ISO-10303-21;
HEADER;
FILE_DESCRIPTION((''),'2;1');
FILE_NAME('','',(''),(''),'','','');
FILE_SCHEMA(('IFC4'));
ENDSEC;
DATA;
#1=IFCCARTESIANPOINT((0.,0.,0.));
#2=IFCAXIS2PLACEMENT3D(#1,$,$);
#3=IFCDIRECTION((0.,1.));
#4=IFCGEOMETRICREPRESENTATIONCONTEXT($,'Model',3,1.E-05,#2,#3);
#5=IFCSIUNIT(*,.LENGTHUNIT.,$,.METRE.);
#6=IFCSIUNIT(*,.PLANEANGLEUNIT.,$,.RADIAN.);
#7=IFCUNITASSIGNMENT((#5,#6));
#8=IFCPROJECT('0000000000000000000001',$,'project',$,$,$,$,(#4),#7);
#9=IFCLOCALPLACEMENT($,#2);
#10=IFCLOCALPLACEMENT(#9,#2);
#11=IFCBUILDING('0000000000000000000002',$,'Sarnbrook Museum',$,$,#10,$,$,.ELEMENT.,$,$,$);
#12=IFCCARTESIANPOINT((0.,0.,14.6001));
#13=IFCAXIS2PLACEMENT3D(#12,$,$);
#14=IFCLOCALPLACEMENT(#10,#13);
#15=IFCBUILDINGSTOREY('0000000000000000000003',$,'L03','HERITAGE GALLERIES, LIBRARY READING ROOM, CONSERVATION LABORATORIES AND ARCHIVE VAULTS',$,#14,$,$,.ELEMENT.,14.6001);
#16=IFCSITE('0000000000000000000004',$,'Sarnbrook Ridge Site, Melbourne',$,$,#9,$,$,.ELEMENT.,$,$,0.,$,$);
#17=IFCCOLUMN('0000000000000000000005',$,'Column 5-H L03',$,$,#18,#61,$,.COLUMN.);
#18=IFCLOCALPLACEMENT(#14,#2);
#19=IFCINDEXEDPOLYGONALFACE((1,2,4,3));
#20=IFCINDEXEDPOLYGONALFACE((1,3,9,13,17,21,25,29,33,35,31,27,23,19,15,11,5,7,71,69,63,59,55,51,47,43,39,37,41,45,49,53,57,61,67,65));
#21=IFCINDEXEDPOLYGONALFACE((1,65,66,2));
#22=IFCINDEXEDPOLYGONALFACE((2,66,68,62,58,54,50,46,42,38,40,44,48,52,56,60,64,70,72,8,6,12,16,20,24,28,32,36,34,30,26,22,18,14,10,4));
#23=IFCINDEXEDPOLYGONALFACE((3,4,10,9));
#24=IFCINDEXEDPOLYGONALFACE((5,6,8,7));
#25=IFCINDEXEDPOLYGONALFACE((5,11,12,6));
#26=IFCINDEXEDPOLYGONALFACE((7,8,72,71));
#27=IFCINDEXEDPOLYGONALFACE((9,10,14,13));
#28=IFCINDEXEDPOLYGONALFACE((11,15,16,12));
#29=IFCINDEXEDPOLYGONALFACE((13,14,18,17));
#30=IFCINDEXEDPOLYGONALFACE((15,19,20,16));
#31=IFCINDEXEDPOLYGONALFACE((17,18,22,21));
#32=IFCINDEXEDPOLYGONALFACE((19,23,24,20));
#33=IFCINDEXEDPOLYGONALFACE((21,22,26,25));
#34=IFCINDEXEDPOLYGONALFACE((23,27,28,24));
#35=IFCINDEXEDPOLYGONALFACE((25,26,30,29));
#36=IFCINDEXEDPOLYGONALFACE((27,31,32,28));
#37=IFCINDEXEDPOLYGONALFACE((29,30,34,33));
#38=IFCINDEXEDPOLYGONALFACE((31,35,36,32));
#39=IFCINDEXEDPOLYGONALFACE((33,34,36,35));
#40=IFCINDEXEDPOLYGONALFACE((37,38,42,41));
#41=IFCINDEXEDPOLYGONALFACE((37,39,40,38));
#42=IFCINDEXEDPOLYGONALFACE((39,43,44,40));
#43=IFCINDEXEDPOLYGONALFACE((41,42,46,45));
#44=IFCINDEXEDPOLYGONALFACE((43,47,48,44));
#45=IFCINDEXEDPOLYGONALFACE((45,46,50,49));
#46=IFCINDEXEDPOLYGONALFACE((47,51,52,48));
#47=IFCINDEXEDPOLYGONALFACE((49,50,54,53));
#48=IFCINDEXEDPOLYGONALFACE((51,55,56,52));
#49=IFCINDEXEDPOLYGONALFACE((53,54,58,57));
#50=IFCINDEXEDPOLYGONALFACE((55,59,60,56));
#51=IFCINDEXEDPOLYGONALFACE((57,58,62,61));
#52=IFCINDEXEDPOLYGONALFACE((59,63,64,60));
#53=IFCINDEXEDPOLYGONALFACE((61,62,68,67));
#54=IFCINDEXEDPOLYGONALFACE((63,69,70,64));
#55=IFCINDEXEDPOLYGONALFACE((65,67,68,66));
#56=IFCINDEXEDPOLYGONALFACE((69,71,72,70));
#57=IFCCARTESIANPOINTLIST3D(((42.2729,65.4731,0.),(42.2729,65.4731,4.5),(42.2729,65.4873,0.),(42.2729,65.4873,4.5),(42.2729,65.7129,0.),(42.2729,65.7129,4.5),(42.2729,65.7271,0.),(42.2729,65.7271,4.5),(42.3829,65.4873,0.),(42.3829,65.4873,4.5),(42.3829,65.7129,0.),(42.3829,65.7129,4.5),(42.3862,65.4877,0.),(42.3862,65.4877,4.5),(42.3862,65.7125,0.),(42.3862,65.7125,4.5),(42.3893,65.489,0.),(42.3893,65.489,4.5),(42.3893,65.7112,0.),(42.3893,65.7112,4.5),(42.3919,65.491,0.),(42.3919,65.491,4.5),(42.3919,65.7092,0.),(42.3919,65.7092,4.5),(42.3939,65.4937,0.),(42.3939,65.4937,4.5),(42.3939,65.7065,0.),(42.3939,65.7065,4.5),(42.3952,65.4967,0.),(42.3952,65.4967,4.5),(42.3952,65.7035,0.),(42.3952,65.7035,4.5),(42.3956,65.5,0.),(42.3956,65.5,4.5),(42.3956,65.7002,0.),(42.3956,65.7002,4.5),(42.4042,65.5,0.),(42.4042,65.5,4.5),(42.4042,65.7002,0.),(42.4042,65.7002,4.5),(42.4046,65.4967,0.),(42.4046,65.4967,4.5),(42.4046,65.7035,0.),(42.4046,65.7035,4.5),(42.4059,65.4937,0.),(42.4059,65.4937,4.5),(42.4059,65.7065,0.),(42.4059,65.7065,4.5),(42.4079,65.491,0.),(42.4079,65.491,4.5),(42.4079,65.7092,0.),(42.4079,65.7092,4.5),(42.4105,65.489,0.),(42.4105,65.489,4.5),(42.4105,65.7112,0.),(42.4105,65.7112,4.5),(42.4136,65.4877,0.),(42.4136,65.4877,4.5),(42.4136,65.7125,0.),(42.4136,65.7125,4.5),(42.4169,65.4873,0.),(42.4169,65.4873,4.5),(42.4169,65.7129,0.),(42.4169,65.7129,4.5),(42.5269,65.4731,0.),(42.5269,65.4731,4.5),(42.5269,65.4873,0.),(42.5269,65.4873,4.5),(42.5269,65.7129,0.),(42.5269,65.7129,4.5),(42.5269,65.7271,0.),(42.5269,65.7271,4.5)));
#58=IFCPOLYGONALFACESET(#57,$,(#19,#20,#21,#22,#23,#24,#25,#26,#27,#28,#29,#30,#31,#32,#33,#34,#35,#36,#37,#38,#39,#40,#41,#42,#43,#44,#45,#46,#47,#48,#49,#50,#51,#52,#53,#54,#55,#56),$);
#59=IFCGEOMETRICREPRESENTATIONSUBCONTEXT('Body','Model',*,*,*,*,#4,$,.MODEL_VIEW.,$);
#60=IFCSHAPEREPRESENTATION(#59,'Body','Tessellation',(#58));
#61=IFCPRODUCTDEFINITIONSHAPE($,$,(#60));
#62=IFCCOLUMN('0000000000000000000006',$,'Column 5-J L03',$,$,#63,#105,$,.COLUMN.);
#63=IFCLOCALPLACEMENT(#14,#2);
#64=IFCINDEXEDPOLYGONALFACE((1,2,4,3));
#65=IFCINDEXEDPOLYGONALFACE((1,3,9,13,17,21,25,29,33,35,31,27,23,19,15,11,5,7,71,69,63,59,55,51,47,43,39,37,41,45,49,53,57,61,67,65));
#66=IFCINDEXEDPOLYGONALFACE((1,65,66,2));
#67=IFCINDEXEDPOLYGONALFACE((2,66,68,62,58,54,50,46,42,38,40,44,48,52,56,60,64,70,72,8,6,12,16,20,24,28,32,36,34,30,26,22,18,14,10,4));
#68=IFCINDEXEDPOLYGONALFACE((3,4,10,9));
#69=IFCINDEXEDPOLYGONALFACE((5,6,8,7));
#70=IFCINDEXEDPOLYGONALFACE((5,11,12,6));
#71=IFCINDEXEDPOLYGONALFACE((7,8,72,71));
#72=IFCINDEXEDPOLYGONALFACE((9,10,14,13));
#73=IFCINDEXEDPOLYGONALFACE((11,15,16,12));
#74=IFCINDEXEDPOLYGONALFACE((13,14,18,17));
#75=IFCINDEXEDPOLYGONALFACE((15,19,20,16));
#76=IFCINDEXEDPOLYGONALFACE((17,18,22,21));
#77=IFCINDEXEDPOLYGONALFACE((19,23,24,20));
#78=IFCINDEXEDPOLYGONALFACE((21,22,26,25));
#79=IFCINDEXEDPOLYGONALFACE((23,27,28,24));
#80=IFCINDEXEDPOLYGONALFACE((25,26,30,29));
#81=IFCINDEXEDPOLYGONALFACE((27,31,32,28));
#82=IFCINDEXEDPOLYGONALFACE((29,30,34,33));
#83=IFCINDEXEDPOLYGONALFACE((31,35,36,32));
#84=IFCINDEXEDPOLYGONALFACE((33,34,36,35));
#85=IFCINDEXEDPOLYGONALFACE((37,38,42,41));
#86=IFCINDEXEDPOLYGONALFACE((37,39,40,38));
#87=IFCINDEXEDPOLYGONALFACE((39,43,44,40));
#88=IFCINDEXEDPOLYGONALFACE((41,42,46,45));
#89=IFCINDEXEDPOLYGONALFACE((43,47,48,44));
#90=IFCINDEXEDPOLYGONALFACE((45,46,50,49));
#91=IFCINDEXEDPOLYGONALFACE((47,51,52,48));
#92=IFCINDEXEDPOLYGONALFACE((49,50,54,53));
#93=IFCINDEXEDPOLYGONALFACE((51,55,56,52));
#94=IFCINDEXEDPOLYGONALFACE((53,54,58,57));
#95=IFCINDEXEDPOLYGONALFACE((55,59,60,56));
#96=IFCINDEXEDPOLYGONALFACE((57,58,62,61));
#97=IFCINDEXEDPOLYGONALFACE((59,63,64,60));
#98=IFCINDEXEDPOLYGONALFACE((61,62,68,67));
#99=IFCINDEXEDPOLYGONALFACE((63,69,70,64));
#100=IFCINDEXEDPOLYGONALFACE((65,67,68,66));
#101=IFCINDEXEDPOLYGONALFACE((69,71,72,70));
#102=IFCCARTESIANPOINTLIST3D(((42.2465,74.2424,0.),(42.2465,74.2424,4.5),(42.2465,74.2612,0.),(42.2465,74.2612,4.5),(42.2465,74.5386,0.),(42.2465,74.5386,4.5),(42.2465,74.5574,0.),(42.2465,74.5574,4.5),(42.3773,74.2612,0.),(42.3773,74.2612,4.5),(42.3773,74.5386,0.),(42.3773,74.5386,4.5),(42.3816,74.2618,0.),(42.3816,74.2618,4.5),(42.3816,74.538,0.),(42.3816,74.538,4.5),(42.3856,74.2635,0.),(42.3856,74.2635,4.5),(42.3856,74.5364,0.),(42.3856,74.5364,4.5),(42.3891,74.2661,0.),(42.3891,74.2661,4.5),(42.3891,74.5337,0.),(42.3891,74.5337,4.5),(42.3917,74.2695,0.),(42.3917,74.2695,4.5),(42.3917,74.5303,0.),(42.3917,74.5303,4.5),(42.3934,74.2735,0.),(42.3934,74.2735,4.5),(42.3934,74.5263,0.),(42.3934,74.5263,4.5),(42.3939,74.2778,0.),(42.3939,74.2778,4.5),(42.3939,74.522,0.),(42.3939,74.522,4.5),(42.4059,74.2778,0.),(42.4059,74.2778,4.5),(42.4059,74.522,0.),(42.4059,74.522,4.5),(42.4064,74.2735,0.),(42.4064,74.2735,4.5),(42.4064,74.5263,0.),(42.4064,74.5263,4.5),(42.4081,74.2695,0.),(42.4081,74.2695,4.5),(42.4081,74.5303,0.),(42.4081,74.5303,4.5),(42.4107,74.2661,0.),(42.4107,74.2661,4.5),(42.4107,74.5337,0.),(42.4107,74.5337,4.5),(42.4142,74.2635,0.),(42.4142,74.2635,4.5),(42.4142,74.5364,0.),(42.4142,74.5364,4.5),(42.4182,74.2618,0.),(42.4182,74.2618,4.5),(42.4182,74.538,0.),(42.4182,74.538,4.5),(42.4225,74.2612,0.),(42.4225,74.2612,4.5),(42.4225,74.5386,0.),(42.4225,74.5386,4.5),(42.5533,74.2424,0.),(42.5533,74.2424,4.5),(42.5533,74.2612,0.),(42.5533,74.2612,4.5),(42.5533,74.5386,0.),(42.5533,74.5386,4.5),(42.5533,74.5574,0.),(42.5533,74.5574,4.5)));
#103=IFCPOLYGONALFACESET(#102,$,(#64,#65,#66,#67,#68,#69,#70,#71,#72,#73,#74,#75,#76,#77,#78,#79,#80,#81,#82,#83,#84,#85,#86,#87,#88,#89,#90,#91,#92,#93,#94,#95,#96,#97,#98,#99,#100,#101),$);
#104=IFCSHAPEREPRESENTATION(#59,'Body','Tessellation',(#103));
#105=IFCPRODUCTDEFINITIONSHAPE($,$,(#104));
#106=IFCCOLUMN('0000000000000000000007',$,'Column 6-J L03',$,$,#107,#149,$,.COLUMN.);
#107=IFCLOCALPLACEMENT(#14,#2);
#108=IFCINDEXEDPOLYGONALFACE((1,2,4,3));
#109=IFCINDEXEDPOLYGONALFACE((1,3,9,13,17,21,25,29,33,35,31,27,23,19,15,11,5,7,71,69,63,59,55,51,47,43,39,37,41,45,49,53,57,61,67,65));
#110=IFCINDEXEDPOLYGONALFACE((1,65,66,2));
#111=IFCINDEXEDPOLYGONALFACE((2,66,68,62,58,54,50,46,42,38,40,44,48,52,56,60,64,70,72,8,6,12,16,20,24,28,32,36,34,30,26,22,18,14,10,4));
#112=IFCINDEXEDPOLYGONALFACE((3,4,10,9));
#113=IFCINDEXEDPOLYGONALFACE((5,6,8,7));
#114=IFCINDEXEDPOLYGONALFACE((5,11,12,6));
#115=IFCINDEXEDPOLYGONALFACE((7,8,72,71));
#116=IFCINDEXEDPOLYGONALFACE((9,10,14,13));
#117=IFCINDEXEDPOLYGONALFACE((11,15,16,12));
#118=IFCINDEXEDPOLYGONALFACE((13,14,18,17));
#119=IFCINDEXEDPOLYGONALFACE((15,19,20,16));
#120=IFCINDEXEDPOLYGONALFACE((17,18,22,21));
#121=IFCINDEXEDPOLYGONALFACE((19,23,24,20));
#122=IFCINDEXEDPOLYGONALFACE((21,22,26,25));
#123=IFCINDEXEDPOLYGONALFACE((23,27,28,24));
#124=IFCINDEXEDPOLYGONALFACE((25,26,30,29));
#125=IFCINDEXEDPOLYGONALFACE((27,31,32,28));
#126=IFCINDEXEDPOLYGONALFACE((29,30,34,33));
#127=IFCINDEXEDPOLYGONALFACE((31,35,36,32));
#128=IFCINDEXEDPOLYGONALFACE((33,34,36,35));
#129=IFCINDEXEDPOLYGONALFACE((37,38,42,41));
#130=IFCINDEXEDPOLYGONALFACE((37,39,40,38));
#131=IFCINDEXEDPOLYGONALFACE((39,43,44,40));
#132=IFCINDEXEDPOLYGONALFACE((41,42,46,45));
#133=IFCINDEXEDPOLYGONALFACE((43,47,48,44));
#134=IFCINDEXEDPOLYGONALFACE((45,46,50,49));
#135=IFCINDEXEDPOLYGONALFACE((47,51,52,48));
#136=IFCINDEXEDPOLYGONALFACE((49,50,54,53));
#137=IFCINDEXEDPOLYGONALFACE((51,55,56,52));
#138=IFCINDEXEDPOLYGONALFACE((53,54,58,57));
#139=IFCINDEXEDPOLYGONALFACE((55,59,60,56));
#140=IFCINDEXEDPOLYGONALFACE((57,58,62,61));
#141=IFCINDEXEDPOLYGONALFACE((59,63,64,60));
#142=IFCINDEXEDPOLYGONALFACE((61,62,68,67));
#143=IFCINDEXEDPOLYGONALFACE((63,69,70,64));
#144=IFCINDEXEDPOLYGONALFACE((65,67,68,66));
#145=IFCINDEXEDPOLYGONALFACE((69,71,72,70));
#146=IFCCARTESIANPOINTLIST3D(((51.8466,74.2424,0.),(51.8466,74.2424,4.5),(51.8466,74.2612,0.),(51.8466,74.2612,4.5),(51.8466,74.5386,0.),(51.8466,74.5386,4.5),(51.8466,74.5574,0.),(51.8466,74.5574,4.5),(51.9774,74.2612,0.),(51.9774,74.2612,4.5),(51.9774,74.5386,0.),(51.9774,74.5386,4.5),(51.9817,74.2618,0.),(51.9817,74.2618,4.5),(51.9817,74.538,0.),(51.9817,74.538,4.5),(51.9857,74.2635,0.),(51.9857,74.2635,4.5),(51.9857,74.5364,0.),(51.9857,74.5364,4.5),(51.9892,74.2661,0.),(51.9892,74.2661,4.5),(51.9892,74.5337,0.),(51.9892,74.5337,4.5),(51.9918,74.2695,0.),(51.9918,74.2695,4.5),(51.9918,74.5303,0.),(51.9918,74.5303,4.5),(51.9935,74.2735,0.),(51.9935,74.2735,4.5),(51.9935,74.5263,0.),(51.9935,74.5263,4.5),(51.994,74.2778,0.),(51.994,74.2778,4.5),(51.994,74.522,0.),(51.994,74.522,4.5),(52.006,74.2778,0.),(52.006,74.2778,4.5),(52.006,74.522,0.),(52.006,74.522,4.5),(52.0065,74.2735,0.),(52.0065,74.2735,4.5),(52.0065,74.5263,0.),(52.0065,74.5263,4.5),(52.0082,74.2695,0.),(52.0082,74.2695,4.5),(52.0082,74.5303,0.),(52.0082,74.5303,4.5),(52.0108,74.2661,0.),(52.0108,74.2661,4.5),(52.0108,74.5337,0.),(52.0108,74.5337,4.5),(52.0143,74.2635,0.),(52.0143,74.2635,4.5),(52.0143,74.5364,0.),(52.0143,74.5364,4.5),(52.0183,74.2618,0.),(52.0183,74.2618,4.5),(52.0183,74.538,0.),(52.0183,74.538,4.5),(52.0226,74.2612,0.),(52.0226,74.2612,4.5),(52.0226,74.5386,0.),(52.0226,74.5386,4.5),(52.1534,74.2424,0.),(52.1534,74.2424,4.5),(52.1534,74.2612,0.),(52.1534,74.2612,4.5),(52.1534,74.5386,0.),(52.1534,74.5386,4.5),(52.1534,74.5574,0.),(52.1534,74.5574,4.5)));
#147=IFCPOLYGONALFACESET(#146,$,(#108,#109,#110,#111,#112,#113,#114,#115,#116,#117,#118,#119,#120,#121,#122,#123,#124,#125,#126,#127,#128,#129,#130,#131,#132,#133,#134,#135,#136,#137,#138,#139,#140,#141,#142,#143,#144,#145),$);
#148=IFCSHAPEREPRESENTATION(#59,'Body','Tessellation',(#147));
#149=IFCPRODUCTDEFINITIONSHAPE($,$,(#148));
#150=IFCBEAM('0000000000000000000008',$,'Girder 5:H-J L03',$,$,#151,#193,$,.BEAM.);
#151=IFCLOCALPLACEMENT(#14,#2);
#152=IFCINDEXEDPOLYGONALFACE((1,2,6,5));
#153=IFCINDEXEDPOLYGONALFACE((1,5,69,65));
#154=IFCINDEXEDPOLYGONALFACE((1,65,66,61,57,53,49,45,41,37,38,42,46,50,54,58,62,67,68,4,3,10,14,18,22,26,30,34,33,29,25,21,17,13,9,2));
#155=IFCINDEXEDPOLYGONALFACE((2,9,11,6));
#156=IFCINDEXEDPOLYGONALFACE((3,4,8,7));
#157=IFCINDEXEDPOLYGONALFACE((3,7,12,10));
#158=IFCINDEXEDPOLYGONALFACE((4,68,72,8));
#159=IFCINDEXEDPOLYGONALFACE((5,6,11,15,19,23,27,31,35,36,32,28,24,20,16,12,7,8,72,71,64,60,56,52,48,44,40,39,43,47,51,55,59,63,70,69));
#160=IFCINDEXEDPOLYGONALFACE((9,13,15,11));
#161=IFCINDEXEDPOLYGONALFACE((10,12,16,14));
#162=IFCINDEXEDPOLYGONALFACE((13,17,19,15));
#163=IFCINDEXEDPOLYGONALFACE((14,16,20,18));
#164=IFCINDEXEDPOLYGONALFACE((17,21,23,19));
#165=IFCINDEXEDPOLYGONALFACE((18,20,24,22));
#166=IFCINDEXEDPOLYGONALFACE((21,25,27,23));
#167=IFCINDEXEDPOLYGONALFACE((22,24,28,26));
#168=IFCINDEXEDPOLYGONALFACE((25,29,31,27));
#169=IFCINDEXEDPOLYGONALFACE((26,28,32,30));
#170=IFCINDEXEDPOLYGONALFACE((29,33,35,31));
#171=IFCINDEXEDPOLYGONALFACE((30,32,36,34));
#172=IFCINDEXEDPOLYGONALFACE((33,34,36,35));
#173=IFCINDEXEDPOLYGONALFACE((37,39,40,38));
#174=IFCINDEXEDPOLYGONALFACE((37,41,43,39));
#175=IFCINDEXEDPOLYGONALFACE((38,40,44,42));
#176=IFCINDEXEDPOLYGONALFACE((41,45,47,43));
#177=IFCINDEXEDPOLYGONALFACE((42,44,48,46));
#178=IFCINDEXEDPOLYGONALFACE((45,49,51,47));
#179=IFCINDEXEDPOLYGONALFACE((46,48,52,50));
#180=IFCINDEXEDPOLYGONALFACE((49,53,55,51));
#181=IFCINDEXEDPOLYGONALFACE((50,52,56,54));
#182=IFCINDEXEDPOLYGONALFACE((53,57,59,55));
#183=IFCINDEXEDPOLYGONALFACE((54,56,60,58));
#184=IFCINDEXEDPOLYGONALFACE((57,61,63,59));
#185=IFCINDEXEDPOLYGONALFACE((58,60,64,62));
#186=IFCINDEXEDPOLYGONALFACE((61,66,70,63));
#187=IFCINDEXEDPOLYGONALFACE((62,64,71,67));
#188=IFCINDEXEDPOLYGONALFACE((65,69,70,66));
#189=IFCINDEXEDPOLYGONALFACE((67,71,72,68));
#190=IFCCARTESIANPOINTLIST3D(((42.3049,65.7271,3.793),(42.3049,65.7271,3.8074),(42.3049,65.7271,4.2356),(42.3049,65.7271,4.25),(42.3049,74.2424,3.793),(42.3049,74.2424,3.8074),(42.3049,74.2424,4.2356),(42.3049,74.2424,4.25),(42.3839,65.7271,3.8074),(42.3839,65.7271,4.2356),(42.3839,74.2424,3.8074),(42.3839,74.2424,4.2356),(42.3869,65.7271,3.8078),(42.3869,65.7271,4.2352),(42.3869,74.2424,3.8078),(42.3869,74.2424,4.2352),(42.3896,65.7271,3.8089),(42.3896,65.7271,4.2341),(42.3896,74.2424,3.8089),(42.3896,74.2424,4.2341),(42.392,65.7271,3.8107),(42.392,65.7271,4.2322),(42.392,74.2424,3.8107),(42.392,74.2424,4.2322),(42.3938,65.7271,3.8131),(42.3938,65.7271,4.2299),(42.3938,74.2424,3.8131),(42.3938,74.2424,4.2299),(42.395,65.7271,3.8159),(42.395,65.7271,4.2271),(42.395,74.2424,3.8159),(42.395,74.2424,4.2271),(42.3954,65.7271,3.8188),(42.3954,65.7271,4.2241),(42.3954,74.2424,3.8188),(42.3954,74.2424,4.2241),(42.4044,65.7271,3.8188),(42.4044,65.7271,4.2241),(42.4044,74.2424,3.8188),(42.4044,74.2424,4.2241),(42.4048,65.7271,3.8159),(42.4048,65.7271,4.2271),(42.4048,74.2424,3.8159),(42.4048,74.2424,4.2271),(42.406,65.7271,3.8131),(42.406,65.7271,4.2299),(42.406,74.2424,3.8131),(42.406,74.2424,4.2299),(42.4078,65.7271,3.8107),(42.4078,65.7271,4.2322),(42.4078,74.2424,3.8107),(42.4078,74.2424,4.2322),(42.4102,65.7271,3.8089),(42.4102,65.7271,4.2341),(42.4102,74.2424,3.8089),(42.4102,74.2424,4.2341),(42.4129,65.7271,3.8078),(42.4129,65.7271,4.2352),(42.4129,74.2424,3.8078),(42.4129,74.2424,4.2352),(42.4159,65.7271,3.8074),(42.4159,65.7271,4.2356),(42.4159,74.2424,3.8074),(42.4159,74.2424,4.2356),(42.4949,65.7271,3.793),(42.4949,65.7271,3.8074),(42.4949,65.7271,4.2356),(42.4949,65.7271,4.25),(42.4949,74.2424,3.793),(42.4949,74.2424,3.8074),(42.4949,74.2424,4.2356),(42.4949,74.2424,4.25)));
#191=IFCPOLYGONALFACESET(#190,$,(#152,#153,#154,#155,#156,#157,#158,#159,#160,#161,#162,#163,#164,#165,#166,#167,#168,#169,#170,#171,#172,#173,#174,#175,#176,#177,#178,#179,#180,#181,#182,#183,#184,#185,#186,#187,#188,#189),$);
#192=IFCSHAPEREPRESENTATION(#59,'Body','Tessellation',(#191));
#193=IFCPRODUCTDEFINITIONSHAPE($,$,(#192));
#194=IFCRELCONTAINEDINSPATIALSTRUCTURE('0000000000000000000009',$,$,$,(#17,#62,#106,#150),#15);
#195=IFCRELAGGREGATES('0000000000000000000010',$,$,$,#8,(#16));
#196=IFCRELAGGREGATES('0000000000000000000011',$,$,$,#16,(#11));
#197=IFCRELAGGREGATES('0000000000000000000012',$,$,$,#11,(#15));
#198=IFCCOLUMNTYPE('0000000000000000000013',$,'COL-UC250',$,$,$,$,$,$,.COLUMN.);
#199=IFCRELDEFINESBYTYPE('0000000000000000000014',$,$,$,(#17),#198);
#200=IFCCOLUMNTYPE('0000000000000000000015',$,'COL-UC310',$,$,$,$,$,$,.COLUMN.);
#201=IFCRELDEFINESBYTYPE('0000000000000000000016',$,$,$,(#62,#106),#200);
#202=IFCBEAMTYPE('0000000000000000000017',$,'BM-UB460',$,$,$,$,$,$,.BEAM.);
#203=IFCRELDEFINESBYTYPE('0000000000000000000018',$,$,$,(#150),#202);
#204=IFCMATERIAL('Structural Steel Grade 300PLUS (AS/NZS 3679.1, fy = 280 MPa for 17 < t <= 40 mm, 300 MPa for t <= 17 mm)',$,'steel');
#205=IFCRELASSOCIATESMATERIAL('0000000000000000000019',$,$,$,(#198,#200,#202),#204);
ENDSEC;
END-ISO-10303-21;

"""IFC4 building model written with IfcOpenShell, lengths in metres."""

from ifc_helpers import new_model, si_unit, direction, frame, origin, origin_2d, place, context, subcontext, project, spatial, i_section, extrude, material, material_profile, profile_set, type_object, element, save


model = new_model("IFC4")

# Units and contexts
model_context = context("Model", 3, precision=1e-05, world=origin(), true_north=direction((0.0, 1.0)))
body_context = subcontext(model_context, "Body", "Model", "MODEL_VIEW")
ifc_project = project(units=[si_unit("LENGTHUNIT", "METRE"), si_unit("PLANEANGLEUNIT", "RADIAN")], contexts=[model_context])

# Site, building, storey
site_placement = place(None, origin())
site = spatial("IfcSite", under=ifc_project, at=site_placement, Name="Sarnbrook Ridge Site, Melbourne", CompositionType="ELEMENT", RefElevation=0.0)
building_placement = place(site_placement, origin())
building = spatial("IfcBuilding", under=site, at=building_placement, Name="Sarnbrook Museum", CompositionType="ELEMENT")
storey_placement = place(building_placement, frame((0.0, 0.0, 14.6001)))
storey = spatial("IfcBuildingStorey", under=building, at=storey_placement, Name="L03", Description="HERITAGE GALLERIES, LIBRARY READING ROOM, CONSERVATION LABORATORIES AND ARCHIVE VAULTS", CompositionType="ELEMENT", Elevation=14.6001)

# Columns
ifc_material_1 = material(Name="Structural Steel Grade 300PLUS (AS/NZS 3679.1, fy = 280 MPa for 17 < t <= 40 mm, 300 MPa for t <= 17 mm)", Category="steel")
ifc_material_profile_1 = material_profile(ifc_material_1, i_section(OverallWidth=0.2539, OverallDepth=0.2539, WebThickness=0.0085, FlangeThickness=0.0142, FilletRadius=0.0127, at=origin_2d()), Name="250UC72.9")
ifc_profile_set_1 = profile_set([ifc_material_profile_1], Name="Structural Steel Grade 300PLUS (AS/NZS 3679.1, fy = 280 MPa for 17 < t <= 40 mm, 300 MPa for t <= 17 mm)")
column_type_1 = type_object("IfcColumnType", Name="COL-UC250", PredefinedType="COLUMN", material=ifc_profile_set_1)
column_placement = place(storey_placement, frame((42.3999, 65.6001, 0.0), z_axis=(0.0, 0.0, 1.0), x_axis=(1.0, 0.0, 0.0)))
element("IfcColumn", 1, at=column_placement, inside=storey, type_object=column_type_1, Name="Column 5-H L03", PredefinedType="COLUMN", context=body_context, shape_type="SweptSolid", body=[
    extrude(i_section(OverallWidth=0.2539, OverallDepth=0.2539, WebThickness=0.0085, FlangeThickness=0.0142, FilletRadius=0.0127, at=origin_2d()), origin(), (0.0, 0.0, 1.0), 4.5),
])
ifc_material_profile_2 = material_profile(ifc_material_1, i_section(OverallWidth=0.3069, OverallDepth=0.3149, WebThickness=0.012, FlangeThickness=0.0188, FilletRadius=0.0166, at=origin_2d()), Name="310UC118")
ifc_profile_set_2 = profile_set([ifc_material_profile_2], Name="Structural Steel Grade 300PLUS (AS/NZS 3679.1, fy = 280 MPa for 17 < t <= 40 mm, 300 MPa for t <= 17 mm)")
column_type_2 = type_object("IfcColumnType", Name="COL-UC310", PredefinedType="COLUMN", material=ifc_profile_set_2)
for number, where, z_axis, x_axis, name in (
    (2, (42.3999, 74.3999, 0.0), (0.0, 0.0, 1.0), (1.0, 0.0, 0.0), "Column 5-J L03"),
    (3, (52.0, 74.3999, 0.0), (0.0, 0.0, 1.0), (1.0, 0.0, 0.0), "Column 6-J L03"),
):
    element("IfcColumn", number, at=place(storey_placement, frame(where, z_axis=z_axis, x_axis=x_axis)), inside=storey, type_object=column_type_2, Name=name, PredefinedType="COLUMN", context=body_context, shape_type="SweptSolid", body=[
        extrude(i_section(OverallWidth=0.3069, OverallDepth=0.3149, WebThickness=0.012, FlangeThickness=0.0188, FilletRadius=0.0166, at=origin_2d()), origin(), (0.0, 0.0, 1.0), 4.5),
    ])

# Beam
ifc_material_profile_3 = material_profile(ifc_material_1, i_section(OverallWidth=0.1899, OverallDepth=0.457, WebThickness=0.009, FlangeThickness=0.0144, FilletRadius=0.0115, at=origin_2d()), Name="460UB74.6")
ifc_profile_set_3 = profile_set([ifc_material_profile_3], Name="Structural Steel Grade 300PLUS (AS/NZS 3679.1, fy = 280 MPa for 17 < t <= 40 mm, 300 MPa for t <= 17 mm)")
beam_type_1 = type_object("IfcBeamType", Name="BM-UB460", PredefinedType="BEAM", material=ifc_profile_set_3)
beam_1_placement = place(storey_placement, frame((42.3999, 65.7271, 4.0215), z_axis=(0.0, 1.0, 0.0), x_axis=(-1.0, 0.0, 0.0)))
element("IfcBeam", 4, at=beam_1_placement, inside=storey, type_object=beam_type_1, Name="Girder 5:H-J L03", PredefinedType="BEAM", context=body_context, shape_type="SweptSolid", body=[
    extrude(i_section(OverallWidth=0.1899, OverallDepth=0.457, WebThickness=0.009, FlangeThickness=0.0144, FilletRadius=0.0115, at=origin_2d()), origin(), (0.0, 0.0, 1.0), 8.5154),
])

save(model, "model.ifc")
